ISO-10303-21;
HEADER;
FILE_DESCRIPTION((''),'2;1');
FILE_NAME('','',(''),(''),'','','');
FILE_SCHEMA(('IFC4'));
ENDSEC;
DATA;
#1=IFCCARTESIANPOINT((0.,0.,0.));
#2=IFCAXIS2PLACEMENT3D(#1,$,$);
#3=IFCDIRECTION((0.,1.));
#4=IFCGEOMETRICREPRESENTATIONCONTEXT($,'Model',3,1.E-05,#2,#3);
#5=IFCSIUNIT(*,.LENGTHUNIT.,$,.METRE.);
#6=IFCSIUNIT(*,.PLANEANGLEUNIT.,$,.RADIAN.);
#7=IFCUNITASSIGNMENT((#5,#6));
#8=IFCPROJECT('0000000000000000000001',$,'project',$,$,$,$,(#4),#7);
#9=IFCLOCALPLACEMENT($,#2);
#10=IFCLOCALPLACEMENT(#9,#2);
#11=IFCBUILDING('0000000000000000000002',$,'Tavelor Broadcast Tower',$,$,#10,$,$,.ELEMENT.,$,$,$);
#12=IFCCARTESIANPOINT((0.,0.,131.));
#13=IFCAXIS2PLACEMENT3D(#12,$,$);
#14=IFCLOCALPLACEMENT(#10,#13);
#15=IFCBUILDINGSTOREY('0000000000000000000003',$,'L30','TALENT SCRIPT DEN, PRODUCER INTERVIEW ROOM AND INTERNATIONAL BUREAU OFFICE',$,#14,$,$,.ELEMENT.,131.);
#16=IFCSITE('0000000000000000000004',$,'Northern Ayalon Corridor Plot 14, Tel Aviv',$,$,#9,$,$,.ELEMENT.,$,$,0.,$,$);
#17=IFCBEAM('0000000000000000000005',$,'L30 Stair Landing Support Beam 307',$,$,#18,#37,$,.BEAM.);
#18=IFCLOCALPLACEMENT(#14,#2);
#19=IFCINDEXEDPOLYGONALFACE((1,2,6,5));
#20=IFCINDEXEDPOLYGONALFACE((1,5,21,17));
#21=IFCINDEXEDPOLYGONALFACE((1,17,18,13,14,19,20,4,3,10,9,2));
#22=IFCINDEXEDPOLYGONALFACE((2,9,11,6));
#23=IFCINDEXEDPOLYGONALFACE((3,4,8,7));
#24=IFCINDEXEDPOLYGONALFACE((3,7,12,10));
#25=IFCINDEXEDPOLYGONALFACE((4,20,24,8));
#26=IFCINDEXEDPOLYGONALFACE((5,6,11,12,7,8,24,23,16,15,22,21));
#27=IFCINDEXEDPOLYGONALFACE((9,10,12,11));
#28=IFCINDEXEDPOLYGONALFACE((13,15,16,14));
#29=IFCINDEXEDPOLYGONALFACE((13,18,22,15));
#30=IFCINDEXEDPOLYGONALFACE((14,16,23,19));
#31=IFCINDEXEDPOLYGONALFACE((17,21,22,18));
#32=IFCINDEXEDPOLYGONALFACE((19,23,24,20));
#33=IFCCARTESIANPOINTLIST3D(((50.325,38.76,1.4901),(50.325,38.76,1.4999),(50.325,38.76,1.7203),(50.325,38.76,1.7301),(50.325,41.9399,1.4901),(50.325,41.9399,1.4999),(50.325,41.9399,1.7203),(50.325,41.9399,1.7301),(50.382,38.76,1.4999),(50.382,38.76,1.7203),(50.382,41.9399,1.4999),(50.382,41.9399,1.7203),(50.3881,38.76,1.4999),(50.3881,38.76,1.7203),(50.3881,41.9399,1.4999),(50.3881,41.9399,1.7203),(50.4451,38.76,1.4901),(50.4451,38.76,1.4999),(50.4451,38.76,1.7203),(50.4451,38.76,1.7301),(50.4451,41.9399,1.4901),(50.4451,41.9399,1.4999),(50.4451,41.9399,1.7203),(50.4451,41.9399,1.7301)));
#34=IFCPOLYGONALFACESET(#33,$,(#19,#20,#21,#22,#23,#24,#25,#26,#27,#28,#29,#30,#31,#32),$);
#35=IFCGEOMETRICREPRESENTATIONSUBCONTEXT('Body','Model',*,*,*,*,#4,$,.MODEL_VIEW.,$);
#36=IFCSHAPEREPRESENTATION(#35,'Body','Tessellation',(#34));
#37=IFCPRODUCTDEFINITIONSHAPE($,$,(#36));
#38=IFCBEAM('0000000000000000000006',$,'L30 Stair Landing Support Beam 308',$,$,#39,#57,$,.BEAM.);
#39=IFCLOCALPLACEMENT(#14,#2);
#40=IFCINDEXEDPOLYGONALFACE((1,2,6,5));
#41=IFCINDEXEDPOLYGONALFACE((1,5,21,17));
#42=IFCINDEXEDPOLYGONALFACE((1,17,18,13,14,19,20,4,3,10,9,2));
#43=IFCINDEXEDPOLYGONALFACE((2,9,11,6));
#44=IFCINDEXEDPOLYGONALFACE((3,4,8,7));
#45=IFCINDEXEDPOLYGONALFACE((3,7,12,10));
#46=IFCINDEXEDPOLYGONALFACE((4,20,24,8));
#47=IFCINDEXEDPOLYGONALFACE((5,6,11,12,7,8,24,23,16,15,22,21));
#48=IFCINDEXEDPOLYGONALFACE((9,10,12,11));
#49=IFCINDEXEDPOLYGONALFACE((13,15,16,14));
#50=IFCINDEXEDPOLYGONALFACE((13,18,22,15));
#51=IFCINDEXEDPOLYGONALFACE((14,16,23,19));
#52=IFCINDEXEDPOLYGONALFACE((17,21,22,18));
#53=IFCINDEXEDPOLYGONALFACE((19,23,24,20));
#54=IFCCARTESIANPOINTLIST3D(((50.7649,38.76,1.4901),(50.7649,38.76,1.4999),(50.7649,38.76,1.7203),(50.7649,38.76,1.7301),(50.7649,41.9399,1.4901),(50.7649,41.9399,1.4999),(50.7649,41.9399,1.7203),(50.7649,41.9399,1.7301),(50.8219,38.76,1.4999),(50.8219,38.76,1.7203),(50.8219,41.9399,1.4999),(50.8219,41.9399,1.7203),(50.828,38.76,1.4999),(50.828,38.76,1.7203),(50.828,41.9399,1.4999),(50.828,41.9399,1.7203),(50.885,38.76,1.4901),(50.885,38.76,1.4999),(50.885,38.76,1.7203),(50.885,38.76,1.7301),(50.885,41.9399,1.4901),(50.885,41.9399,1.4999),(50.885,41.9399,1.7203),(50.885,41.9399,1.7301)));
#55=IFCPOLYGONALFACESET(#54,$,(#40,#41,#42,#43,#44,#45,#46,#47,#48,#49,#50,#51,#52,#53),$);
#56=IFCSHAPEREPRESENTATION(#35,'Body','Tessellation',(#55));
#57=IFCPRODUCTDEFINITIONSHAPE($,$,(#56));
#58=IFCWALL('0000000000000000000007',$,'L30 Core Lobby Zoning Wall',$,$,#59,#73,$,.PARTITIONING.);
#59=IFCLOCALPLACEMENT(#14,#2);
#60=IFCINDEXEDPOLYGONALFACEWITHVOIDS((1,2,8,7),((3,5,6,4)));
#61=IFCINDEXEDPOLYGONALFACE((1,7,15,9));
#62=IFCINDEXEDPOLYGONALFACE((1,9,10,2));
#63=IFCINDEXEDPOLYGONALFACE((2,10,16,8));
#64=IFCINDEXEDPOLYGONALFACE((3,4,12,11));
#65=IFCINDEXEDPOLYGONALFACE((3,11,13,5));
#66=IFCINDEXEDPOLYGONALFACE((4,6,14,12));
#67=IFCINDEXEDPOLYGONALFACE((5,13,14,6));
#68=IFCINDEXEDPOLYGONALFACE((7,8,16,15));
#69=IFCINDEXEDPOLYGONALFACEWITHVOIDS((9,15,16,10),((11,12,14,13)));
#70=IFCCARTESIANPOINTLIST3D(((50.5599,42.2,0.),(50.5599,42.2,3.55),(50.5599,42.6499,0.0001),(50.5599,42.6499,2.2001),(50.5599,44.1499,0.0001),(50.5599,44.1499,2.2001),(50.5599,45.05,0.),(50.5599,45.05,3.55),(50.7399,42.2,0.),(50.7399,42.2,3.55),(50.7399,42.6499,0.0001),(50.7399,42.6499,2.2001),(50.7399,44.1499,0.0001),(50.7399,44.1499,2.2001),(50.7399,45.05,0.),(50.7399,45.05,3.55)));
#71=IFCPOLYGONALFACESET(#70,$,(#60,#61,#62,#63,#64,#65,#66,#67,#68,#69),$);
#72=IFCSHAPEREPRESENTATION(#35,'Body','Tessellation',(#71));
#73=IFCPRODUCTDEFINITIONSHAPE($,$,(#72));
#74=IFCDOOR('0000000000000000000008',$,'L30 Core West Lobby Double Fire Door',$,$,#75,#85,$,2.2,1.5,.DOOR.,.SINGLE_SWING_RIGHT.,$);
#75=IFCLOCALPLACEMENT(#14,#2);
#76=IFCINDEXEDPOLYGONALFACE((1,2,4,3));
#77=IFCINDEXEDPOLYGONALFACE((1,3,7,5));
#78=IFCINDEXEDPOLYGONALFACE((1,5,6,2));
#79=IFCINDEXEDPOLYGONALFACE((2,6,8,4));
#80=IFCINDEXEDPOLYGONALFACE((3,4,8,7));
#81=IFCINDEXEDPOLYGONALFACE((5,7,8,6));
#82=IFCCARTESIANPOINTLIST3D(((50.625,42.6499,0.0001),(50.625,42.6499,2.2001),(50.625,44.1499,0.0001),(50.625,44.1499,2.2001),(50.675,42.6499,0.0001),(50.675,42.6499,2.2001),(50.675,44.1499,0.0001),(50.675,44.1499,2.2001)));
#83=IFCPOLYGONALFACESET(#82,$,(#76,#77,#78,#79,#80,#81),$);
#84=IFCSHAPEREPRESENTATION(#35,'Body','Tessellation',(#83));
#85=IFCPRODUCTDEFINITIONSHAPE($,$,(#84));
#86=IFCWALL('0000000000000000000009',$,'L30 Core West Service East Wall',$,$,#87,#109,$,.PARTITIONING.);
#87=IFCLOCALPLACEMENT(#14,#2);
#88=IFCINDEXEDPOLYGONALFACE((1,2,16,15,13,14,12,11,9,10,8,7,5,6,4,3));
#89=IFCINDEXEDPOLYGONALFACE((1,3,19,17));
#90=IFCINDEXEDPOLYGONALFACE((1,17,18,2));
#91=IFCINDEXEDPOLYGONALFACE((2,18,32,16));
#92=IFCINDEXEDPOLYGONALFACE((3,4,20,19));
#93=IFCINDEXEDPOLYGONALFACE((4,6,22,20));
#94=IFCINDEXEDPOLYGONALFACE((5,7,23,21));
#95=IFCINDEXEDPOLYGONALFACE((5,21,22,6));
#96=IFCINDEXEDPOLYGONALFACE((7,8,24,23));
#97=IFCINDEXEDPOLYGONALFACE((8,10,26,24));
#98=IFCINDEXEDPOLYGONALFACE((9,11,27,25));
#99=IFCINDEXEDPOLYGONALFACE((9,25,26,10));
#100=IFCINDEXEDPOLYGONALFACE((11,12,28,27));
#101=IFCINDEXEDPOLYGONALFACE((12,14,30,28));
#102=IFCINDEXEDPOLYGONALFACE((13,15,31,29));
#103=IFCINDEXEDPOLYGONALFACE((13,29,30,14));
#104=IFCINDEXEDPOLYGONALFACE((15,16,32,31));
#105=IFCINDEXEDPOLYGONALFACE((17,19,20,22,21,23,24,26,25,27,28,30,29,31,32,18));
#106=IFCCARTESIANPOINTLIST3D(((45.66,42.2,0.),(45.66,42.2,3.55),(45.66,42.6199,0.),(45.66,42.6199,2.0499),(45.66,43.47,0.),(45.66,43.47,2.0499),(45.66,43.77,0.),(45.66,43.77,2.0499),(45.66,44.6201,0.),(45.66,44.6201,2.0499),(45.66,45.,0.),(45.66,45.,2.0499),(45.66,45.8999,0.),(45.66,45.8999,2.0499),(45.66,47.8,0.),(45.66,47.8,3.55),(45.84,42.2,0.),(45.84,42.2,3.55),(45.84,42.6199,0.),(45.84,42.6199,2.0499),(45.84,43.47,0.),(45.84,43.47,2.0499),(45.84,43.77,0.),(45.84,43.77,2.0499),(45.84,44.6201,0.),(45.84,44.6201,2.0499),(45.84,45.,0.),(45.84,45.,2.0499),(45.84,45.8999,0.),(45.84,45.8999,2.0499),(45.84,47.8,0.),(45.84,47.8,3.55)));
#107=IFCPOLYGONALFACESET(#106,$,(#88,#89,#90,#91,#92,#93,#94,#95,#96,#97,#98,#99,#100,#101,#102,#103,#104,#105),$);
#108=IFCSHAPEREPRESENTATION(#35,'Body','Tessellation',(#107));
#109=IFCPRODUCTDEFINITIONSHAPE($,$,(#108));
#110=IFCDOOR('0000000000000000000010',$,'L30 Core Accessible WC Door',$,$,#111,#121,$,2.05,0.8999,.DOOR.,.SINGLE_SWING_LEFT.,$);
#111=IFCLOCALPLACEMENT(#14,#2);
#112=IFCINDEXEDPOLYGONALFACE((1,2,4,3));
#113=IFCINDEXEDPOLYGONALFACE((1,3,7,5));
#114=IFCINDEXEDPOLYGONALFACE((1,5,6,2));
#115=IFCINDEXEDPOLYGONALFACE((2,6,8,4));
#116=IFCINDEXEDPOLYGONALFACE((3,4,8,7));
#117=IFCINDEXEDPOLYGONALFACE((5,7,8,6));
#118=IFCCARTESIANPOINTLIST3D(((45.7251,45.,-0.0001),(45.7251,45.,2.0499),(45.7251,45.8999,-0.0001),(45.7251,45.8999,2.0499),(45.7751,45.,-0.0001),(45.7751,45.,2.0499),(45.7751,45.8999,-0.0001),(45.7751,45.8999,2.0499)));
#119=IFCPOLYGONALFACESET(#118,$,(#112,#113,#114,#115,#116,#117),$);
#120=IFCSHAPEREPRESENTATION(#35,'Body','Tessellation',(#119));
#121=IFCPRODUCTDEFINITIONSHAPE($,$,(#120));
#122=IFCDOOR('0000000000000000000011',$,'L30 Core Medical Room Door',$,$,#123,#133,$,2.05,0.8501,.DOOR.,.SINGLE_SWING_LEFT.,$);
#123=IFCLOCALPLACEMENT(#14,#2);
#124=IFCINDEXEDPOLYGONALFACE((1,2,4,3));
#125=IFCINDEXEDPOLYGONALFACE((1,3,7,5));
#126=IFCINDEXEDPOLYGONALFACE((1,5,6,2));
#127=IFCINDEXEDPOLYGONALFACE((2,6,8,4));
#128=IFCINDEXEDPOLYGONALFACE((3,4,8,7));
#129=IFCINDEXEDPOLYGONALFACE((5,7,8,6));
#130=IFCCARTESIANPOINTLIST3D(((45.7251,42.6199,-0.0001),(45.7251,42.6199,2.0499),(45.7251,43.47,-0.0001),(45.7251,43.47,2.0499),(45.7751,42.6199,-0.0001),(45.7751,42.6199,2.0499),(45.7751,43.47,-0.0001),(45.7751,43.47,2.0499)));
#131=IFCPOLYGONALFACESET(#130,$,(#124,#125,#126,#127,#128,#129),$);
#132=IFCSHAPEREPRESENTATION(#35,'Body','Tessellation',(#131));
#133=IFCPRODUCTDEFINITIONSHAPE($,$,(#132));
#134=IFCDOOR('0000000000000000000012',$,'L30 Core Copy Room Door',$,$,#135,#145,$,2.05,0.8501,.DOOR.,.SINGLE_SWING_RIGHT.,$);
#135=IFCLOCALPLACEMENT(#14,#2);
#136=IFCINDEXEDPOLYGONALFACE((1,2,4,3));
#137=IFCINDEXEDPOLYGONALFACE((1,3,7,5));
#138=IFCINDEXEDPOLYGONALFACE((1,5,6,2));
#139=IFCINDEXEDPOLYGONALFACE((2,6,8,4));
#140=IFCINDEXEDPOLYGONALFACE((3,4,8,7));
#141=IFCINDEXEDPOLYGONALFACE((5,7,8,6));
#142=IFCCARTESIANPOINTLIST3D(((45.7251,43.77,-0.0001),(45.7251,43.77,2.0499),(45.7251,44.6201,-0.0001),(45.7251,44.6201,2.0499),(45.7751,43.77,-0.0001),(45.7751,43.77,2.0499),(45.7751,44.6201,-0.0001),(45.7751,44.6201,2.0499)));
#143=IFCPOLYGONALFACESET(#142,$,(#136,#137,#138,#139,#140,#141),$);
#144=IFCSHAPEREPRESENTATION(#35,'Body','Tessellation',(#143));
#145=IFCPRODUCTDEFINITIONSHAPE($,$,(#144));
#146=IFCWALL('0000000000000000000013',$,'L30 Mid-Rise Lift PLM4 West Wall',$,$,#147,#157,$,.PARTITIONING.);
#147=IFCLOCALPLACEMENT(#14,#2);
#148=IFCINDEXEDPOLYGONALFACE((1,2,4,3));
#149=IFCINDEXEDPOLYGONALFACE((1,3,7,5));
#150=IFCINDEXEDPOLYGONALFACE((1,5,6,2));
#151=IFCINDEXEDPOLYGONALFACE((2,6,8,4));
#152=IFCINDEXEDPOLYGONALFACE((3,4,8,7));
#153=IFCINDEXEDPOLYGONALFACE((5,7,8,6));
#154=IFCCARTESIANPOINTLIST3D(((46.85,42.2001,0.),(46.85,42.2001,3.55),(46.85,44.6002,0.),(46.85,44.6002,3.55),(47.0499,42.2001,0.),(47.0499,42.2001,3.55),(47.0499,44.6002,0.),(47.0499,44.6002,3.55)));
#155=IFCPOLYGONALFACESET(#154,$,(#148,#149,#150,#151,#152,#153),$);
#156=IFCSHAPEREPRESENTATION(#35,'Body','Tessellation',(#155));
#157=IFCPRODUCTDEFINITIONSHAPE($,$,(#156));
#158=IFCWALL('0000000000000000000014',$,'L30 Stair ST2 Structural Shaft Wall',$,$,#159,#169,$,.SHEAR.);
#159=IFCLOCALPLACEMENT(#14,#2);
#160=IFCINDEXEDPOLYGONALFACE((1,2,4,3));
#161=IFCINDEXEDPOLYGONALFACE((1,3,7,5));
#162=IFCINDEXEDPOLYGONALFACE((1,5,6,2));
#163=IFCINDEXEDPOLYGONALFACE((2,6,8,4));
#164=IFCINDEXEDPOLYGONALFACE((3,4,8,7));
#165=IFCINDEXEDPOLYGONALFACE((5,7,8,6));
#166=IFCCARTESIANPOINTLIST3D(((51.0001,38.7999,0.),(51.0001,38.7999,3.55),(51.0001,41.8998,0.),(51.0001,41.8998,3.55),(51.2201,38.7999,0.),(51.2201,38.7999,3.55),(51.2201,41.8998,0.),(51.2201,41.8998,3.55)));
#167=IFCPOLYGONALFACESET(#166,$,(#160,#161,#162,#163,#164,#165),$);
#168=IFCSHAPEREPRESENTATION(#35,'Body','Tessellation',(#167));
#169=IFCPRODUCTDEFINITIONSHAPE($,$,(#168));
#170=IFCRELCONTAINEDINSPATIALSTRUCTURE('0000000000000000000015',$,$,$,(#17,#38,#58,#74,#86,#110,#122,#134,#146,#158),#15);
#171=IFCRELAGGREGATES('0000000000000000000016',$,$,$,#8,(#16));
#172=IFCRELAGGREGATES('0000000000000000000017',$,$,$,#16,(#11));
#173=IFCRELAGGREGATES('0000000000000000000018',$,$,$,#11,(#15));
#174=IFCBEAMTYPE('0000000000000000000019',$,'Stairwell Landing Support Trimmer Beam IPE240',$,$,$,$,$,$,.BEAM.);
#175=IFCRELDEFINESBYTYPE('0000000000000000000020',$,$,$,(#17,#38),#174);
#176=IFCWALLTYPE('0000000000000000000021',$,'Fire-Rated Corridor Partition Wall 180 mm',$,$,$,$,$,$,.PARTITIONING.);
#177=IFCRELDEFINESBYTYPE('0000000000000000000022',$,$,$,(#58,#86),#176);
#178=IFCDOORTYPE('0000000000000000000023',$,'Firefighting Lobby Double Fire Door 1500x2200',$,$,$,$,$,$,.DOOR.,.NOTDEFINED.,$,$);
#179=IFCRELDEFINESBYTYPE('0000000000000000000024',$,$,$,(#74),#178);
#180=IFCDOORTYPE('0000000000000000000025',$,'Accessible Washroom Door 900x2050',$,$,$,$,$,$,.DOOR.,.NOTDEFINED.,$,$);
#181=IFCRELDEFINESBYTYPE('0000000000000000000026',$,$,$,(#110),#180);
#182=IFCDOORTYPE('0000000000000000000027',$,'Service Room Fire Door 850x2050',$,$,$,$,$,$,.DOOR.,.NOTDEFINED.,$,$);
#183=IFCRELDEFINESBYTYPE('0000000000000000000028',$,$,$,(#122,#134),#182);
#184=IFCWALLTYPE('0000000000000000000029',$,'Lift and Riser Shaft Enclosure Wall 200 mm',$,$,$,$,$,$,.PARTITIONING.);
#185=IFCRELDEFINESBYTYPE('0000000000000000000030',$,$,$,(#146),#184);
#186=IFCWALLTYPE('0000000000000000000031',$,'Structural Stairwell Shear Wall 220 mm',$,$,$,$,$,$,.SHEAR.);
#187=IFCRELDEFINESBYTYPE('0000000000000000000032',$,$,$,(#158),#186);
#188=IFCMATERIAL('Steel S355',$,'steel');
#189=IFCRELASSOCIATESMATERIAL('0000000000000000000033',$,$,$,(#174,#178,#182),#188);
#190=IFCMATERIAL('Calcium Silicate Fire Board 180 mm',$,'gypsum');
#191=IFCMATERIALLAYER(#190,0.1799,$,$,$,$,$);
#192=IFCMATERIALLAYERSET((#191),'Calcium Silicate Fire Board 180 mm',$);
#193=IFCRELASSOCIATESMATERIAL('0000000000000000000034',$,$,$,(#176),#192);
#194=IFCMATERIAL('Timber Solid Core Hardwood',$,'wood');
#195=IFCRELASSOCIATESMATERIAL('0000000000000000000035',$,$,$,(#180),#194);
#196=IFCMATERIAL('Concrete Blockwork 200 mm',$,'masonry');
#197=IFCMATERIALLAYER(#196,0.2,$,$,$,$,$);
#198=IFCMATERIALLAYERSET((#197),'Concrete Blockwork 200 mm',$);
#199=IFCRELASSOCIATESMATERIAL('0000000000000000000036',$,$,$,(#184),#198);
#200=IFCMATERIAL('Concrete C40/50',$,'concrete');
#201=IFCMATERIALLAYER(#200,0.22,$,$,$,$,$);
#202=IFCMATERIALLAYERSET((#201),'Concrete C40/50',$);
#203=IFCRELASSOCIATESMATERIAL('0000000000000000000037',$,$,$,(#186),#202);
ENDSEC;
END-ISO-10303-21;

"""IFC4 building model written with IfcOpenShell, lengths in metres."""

from ifc_helpers import new_model, si_unit, direction, frame, frame_2d, origin, origin_2d, place, context, subcontext, project, spatial, rectangle, i_section, extrude, material, layer, layer_set, material_profile, profile_set, type_object, element, fill, save


model = new_model("IFC4")

# Units and contexts
model_context = context("Model", 3, precision=1e-05, world=origin(), true_north=direction((0.0, 1.0)))
body_context = subcontext(model_context, "Body", "Model", "MODEL_VIEW")
ifc_project = project(units=[si_unit("LENGTHUNIT", "METRE"), si_unit("PLANEANGLEUNIT", "RADIAN")], contexts=[model_context])

# Site, building, storey
site_placement = place(None, origin())
site = spatial("IfcSite", under=ifc_project, at=site_placement, Name="Northern Ayalon Corridor Plot 14, Tel Aviv", CompositionType="ELEMENT", RefElevation=0.0)
building_placement = place(site_placement, origin())
building = spatial("IfcBuilding", under=site, at=building_placement, Name="Tavelor Broadcast Tower", CompositionType="ELEMENT")
storey_placement = place(building_placement, frame((0.0, 0.0, 131.0)))
storey = spatial("IfcBuildingStorey", under=building, at=storey_placement, Name="L30", Description="TALENT SCRIPT DEN, PRODUCER INTERVIEW ROOM AND INTERNATIONAL BUREAU OFFICE", CompositionType="ELEMENT", Elevation=131.0)

# Beams
ifc_material_1 = material(Name="Steel S355", Category="steel")
ifc_material_profile = material_profile(ifc_material_1, i_section(OverallWidth=0.1201, OverallDepth=0.24, WebThickness=0.0061, FlangeThickness=0.0098, at=origin_2d()), Name="IPE 240")
ifc_profile_set = profile_set([ifc_material_profile], Name="Steel S355")
beam_type = type_object("IfcBeamType", Name="Stairwell Landing Support Trimmer Beam IPE240", PredefinedType="BEAM", material=ifc_profile_set)
for number, where, z_axis, x_axis, name in (
    (1, (50.385, 38.76, 1.6101), (0.0, 1.0, 0.0), (-1.0, 0.0, 0.0), "L30 Stair Landing Support Beam 307"),
    (2, (50.825, 38.76, 1.6101), (0.0, 1.0, 0.0), (-1.0, 0.0, 0.0), "L30 Stair Landing Support Beam 308"),
):
    element("IfcBeam", number, at=place(storey_placement, frame(where, z_axis=z_axis, x_axis=x_axis)), inside=storey, type_object=beam_type, Name=name, PredefinedType="BEAM", context=body_context, shape_type="SweptSolid", body=[
        extrude(i_section(OverallWidth=0.1201, OverallDepth=0.24, WebThickness=0.0061, FlangeThickness=0.0098, at=origin_2d()), origin(), (0.0, 0.0, 1.0), 3.1799),
    ])

# Wall, opening, door
ifc_material_2 = material(Name="Calcium Silicate Fire Board 180 mm", Category="gypsum")
ifc_layer_1 = layer(ifc_material_2, 0.1799)
ifc_layer_set_1 = layer_set([ifc_layer_1], Name="Calcium Silicate Fire Board 180 mm")
wall_type_1 = type_object("IfcWallType", Name="Fire-Rated Corridor Partition Wall 180 mm", PredefinedType="PARTITIONING", material=ifc_layer_set_1)
wall_1_placement = place(storey_placement, frame((50.6499, 42.2, 0.0), z_axis=(0.0, 0.0, 1.0), x_axis=(0.0, 1.0, 0.0)))
wall_1 = element("IfcWall", 3, at=wall_1_placement, inside=storey, type_object=wall_type_1, Name="L30 Core Lobby Zoning Wall", PredefinedType="PARTITIONING", context=body_context, shape_type="SweptSolid", body=[
    extrude(rectangle(XDim=2.8501, YDim=0.1799, at=frame_2d((1.425, 0.0))), origin(), (0.0, 0.0, 1.0), 3.55),
])
opening_1_placement = place(wall_1_placement, frame((0.45, 0.0, 0.0)))
opening_1 = element("IfcOpeningElement", 4, at=opening_1_placement, cuts=wall_1, PredefinedType="OPENING", context=body_context, shape_type="SweptSolid", body=[
    extrude(rectangle(XDim=1.5, YDim=2.2, at=frame_2d((0.75, 1.1001))), frame((0.0, 0.1001, 0.0), z_axis=(0.0, -1.0, 0.0), x_axis=(1.0, 0.0, 0.0)), (0.0, 0.0, 1.0), 0.2),
])
door_type_1 = type_object("IfcDoorType", Name="Firefighting Lobby Double Fire Door 1500x2200", OperationType="NOTDEFINED", PredefinedType="DOOR", material=ifc_material_1)
door_1_placement = place(opening_1_placement, origin())
door_1 = element("IfcDoor", 5, at=door_1_placement, inside=storey, type_object=door_type_1, Name="L30 Core West Lobby Double Fire Door", OperationType="SINGLE_SWING_RIGHT", OverallHeight=2.2, OverallWidth=1.5, PredefinedType="DOOR", context=body_context, shape_type="SweptSolid", body=[
    extrude(rectangle(XDim=1.5, YDim=2.2, at=frame_2d((0.75, 1.1001))), frame((0.0, 0.0249, 0.0), z_axis=(0.0, -1.0, 0.0), x_axis=(1.0, 0.0, 0.0)), (0.0, 0.0, 1.0), 0.05),
])
fill(opening_1, door_1)

# Wall, openings, doors
wall_2_placement = place(storey_placement, frame((45.75, 42.2, 0.0), z_axis=(0.0, 0.0, 1.0), x_axis=(0.0, 1.0, 0.0)))
wall_2 = element("IfcWall", 6, at=wall_2_placement, inside=storey, type_object=wall_type_1, Name="L30 Core West Service East Wall", PredefinedType="PARTITIONING", context=body_context, shape_type="SweptSolid", body=[
    extrude(rectangle(XDim=5.6001, YDim=0.1799, at=frame_2d((2.8, 0.0))), origin(), (0.0, 0.0, 1.0), 3.55),
])
opening_2_placement = place(wall_2_placement, frame((0.4199, 0.0, 0.0)))
opening_2 = element("IfcOpeningElement", 7, at=opening_2_placement, cuts=wall_2, PredefinedType="OPENING", context=body_context, shape_type="SweptSolid", body=[
    extrude(rectangle(XDim=0.8501, YDim=2.05, at=frame_2d((0.425, 1.0249))), frame((0.0, 0.1001, 0.0), z_axis=(0.0, -1.0, 0.0), x_axis=(1.0, 0.0, 0.0)), (0.0, 0.0, 1.0), 0.2),
])
opening_3_placement = place(wall_2_placement, frame((1.5701, 0.0, 0.0)))
opening_3 = element("IfcOpeningElement", 8, at=opening_3_placement, cuts=wall_2, PredefinedType="OPENING", context=body_context, shape_type="SweptSolid", body=[
    extrude(rectangle(XDim=0.8501, YDim=2.05, at=frame_2d((0.425, 1.0249))), frame((0.0, 0.1001, 0.0), z_axis=(0.0, -1.0, 0.0), x_axis=(1.0, 0.0, 0.0)), (0.0, 0.0, 1.0), 0.2),
])
opening_4_placement = place(wall_2_placement, frame((2.8, 0.0, 0.0)))
opening_4 = element("IfcOpeningElement", 9, at=opening_4_placement, cuts=wall_2, PredefinedType="OPENING", context=body_context, shape_type="SweptSolid", body=[
    extrude(rectangle(XDim=0.8999, YDim=2.05, at=frame_2d((0.45, 1.0249))), frame((0.0, 0.1001, 0.0), z_axis=(0.0, -1.0, 0.0), x_axis=(1.0, 0.0, 0.0)), (0.0, 0.0, 1.0), 0.2),
])
ifc_material_3 = material(Name="Timber Solid Core Hardwood", Category="wood")
door_type_2 = type_object("IfcDoorType", Name="Accessible Washroom Door 900x2050", OperationType="NOTDEFINED", PredefinedType="DOOR", material=ifc_material_3)
door_2_placement = place(opening_4_placement, origin())
door_2 = element("IfcDoor", 10, at=door_2_placement, inside=storey, type_object=door_type_2, Name="L30 Core Accessible WC Door", OperationType="SINGLE_SWING_LEFT", OverallHeight=2.05, OverallWidth=0.8999, PredefinedType="DOOR", context=body_context, shape_type="SweptSolid", body=[
    extrude(rectangle(XDim=0.8999, YDim=2.05, at=frame_2d((0.45, 1.0249))), frame((0.0, 0.0249, 0.0), z_axis=(0.0, -1.0, 0.0), x_axis=(1.0, 0.0, 0.0)), (0.0, 0.0, 1.0), 0.05),
])
fill(opening_4, door_2)
door_type_3 = type_object("IfcDoorType", Name="Service Room Fire Door 850x2050", OperationType="NOTDEFINED", PredefinedType="DOOR", material=ifc_material_1)
door_3_placement = place(opening_2_placement, origin())
door_3 = element("IfcDoor", 11, at=door_3_placement, inside=storey, type_object=door_type_3, Name="L30 Core Medical Room Door", OperationType="SINGLE_SWING_LEFT", OverallHeight=2.05, OverallWidth=0.8501, PredefinedType="DOOR", context=body_context, shape_type="SweptSolid", body=[
    extrude(rectangle(XDim=0.8501, YDim=2.05, at=frame_2d((0.425, 1.0249))), frame((0.0, 0.0249, 0.0), z_axis=(0.0, -1.0, 0.0), x_axis=(1.0, 0.0, 0.0)), (0.0, 0.0, 1.0), 0.05),
])
fill(opening_2, door_3)
door_4_placement = place(opening_3_placement, origin())
door_4 = element("IfcDoor", 12, at=door_4_placement, inside=storey, type_object=door_type_3, Name="L30 Core Copy Room Door", OperationType="SINGLE_SWING_RIGHT", OverallHeight=2.05, OverallWidth=0.8501, PredefinedType="DOOR", context=body_context, shape_type="SweptSolid", body=[
    extrude(rectangle(XDim=0.8501, YDim=2.05, at=frame_2d((0.425, 1.0249))), frame((0.0, 0.0249, 0.0), z_axis=(0.0, -1.0, 0.0), x_axis=(1.0, 0.0, 0.0)), (0.0, 0.0, 1.0), 0.05),
])
fill(opening_3, door_4)

# Shared definitions
ifc_material_4 = material(Name="Concrete Blockwork 200 mm", Category="masonry")

# Walls
ifc_layer_2 = layer(ifc_material_4, 0.2)
ifc_layer_set_2 = layer_set([ifc_layer_2], Name="Concrete Blockwork 200 mm")
wall_type_2 = type_object("IfcWallType", Name="Lift and Riser Shaft Enclosure Wall 200 mm", PredefinedType="PARTITIONING", material=ifc_layer_set_2)
wall_3_placement = place(storey_placement, frame((46.95, 42.2, 0.0), z_axis=(0.0, 0.0, 1.0), x_axis=(0.0, 1.0, 0.0)))
element("IfcWall", 13, at=wall_3_placement, inside=storey, type_object=wall_type_2, Name="L30 Mid-Rise Lift PLM4 West Wall", PredefinedType="PARTITIONING", context=body_context, shape_type="SweptSolid", body=[
    extrude(rectangle(XDim=2.4001, YDim=0.2, at=frame_2d((1.2002, 0.0))), origin(), (0.0, 0.0, 1.0), 3.55),
])
ifc_material_5 = material(Name="Concrete C40/50", Category="concrete")
ifc_layer_3 = layer(ifc_material_5, 0.22)
ifc_layer_set_3 = layer_set([ifc_layer_3], Name="Concrete C40/50")
wall_type_3 = type_object("IfcWallType", Name="Structural Stairwell Shear Wall 220 mm", PredefinedType="SHEAR", material=ifc_layer_set_3)
wall_4_placement = place(storey_placement, frame((51.1101, 38.8, 0.0), z_axis=(0.0, 0.0, 1.0), x_axis=(0.0, 1.0, 0.0)))
element("IfcWall", 14, at=wall_4_placement, inside=storey, type_object=wall_type_3, Name="L30 Stair ST2 Structural Shaft Wall", PredefinedType="SHEAR", context=body_context, shape_type="SweptSolid", body=[
    extrude(rectangle(XDim=3.0999, YDim=0.22, at=frame_2d((1.5498, 0.0))), origin(), (0.0, 0.0, 1.0), 3.55),
])

save(model, "model.ifc")
